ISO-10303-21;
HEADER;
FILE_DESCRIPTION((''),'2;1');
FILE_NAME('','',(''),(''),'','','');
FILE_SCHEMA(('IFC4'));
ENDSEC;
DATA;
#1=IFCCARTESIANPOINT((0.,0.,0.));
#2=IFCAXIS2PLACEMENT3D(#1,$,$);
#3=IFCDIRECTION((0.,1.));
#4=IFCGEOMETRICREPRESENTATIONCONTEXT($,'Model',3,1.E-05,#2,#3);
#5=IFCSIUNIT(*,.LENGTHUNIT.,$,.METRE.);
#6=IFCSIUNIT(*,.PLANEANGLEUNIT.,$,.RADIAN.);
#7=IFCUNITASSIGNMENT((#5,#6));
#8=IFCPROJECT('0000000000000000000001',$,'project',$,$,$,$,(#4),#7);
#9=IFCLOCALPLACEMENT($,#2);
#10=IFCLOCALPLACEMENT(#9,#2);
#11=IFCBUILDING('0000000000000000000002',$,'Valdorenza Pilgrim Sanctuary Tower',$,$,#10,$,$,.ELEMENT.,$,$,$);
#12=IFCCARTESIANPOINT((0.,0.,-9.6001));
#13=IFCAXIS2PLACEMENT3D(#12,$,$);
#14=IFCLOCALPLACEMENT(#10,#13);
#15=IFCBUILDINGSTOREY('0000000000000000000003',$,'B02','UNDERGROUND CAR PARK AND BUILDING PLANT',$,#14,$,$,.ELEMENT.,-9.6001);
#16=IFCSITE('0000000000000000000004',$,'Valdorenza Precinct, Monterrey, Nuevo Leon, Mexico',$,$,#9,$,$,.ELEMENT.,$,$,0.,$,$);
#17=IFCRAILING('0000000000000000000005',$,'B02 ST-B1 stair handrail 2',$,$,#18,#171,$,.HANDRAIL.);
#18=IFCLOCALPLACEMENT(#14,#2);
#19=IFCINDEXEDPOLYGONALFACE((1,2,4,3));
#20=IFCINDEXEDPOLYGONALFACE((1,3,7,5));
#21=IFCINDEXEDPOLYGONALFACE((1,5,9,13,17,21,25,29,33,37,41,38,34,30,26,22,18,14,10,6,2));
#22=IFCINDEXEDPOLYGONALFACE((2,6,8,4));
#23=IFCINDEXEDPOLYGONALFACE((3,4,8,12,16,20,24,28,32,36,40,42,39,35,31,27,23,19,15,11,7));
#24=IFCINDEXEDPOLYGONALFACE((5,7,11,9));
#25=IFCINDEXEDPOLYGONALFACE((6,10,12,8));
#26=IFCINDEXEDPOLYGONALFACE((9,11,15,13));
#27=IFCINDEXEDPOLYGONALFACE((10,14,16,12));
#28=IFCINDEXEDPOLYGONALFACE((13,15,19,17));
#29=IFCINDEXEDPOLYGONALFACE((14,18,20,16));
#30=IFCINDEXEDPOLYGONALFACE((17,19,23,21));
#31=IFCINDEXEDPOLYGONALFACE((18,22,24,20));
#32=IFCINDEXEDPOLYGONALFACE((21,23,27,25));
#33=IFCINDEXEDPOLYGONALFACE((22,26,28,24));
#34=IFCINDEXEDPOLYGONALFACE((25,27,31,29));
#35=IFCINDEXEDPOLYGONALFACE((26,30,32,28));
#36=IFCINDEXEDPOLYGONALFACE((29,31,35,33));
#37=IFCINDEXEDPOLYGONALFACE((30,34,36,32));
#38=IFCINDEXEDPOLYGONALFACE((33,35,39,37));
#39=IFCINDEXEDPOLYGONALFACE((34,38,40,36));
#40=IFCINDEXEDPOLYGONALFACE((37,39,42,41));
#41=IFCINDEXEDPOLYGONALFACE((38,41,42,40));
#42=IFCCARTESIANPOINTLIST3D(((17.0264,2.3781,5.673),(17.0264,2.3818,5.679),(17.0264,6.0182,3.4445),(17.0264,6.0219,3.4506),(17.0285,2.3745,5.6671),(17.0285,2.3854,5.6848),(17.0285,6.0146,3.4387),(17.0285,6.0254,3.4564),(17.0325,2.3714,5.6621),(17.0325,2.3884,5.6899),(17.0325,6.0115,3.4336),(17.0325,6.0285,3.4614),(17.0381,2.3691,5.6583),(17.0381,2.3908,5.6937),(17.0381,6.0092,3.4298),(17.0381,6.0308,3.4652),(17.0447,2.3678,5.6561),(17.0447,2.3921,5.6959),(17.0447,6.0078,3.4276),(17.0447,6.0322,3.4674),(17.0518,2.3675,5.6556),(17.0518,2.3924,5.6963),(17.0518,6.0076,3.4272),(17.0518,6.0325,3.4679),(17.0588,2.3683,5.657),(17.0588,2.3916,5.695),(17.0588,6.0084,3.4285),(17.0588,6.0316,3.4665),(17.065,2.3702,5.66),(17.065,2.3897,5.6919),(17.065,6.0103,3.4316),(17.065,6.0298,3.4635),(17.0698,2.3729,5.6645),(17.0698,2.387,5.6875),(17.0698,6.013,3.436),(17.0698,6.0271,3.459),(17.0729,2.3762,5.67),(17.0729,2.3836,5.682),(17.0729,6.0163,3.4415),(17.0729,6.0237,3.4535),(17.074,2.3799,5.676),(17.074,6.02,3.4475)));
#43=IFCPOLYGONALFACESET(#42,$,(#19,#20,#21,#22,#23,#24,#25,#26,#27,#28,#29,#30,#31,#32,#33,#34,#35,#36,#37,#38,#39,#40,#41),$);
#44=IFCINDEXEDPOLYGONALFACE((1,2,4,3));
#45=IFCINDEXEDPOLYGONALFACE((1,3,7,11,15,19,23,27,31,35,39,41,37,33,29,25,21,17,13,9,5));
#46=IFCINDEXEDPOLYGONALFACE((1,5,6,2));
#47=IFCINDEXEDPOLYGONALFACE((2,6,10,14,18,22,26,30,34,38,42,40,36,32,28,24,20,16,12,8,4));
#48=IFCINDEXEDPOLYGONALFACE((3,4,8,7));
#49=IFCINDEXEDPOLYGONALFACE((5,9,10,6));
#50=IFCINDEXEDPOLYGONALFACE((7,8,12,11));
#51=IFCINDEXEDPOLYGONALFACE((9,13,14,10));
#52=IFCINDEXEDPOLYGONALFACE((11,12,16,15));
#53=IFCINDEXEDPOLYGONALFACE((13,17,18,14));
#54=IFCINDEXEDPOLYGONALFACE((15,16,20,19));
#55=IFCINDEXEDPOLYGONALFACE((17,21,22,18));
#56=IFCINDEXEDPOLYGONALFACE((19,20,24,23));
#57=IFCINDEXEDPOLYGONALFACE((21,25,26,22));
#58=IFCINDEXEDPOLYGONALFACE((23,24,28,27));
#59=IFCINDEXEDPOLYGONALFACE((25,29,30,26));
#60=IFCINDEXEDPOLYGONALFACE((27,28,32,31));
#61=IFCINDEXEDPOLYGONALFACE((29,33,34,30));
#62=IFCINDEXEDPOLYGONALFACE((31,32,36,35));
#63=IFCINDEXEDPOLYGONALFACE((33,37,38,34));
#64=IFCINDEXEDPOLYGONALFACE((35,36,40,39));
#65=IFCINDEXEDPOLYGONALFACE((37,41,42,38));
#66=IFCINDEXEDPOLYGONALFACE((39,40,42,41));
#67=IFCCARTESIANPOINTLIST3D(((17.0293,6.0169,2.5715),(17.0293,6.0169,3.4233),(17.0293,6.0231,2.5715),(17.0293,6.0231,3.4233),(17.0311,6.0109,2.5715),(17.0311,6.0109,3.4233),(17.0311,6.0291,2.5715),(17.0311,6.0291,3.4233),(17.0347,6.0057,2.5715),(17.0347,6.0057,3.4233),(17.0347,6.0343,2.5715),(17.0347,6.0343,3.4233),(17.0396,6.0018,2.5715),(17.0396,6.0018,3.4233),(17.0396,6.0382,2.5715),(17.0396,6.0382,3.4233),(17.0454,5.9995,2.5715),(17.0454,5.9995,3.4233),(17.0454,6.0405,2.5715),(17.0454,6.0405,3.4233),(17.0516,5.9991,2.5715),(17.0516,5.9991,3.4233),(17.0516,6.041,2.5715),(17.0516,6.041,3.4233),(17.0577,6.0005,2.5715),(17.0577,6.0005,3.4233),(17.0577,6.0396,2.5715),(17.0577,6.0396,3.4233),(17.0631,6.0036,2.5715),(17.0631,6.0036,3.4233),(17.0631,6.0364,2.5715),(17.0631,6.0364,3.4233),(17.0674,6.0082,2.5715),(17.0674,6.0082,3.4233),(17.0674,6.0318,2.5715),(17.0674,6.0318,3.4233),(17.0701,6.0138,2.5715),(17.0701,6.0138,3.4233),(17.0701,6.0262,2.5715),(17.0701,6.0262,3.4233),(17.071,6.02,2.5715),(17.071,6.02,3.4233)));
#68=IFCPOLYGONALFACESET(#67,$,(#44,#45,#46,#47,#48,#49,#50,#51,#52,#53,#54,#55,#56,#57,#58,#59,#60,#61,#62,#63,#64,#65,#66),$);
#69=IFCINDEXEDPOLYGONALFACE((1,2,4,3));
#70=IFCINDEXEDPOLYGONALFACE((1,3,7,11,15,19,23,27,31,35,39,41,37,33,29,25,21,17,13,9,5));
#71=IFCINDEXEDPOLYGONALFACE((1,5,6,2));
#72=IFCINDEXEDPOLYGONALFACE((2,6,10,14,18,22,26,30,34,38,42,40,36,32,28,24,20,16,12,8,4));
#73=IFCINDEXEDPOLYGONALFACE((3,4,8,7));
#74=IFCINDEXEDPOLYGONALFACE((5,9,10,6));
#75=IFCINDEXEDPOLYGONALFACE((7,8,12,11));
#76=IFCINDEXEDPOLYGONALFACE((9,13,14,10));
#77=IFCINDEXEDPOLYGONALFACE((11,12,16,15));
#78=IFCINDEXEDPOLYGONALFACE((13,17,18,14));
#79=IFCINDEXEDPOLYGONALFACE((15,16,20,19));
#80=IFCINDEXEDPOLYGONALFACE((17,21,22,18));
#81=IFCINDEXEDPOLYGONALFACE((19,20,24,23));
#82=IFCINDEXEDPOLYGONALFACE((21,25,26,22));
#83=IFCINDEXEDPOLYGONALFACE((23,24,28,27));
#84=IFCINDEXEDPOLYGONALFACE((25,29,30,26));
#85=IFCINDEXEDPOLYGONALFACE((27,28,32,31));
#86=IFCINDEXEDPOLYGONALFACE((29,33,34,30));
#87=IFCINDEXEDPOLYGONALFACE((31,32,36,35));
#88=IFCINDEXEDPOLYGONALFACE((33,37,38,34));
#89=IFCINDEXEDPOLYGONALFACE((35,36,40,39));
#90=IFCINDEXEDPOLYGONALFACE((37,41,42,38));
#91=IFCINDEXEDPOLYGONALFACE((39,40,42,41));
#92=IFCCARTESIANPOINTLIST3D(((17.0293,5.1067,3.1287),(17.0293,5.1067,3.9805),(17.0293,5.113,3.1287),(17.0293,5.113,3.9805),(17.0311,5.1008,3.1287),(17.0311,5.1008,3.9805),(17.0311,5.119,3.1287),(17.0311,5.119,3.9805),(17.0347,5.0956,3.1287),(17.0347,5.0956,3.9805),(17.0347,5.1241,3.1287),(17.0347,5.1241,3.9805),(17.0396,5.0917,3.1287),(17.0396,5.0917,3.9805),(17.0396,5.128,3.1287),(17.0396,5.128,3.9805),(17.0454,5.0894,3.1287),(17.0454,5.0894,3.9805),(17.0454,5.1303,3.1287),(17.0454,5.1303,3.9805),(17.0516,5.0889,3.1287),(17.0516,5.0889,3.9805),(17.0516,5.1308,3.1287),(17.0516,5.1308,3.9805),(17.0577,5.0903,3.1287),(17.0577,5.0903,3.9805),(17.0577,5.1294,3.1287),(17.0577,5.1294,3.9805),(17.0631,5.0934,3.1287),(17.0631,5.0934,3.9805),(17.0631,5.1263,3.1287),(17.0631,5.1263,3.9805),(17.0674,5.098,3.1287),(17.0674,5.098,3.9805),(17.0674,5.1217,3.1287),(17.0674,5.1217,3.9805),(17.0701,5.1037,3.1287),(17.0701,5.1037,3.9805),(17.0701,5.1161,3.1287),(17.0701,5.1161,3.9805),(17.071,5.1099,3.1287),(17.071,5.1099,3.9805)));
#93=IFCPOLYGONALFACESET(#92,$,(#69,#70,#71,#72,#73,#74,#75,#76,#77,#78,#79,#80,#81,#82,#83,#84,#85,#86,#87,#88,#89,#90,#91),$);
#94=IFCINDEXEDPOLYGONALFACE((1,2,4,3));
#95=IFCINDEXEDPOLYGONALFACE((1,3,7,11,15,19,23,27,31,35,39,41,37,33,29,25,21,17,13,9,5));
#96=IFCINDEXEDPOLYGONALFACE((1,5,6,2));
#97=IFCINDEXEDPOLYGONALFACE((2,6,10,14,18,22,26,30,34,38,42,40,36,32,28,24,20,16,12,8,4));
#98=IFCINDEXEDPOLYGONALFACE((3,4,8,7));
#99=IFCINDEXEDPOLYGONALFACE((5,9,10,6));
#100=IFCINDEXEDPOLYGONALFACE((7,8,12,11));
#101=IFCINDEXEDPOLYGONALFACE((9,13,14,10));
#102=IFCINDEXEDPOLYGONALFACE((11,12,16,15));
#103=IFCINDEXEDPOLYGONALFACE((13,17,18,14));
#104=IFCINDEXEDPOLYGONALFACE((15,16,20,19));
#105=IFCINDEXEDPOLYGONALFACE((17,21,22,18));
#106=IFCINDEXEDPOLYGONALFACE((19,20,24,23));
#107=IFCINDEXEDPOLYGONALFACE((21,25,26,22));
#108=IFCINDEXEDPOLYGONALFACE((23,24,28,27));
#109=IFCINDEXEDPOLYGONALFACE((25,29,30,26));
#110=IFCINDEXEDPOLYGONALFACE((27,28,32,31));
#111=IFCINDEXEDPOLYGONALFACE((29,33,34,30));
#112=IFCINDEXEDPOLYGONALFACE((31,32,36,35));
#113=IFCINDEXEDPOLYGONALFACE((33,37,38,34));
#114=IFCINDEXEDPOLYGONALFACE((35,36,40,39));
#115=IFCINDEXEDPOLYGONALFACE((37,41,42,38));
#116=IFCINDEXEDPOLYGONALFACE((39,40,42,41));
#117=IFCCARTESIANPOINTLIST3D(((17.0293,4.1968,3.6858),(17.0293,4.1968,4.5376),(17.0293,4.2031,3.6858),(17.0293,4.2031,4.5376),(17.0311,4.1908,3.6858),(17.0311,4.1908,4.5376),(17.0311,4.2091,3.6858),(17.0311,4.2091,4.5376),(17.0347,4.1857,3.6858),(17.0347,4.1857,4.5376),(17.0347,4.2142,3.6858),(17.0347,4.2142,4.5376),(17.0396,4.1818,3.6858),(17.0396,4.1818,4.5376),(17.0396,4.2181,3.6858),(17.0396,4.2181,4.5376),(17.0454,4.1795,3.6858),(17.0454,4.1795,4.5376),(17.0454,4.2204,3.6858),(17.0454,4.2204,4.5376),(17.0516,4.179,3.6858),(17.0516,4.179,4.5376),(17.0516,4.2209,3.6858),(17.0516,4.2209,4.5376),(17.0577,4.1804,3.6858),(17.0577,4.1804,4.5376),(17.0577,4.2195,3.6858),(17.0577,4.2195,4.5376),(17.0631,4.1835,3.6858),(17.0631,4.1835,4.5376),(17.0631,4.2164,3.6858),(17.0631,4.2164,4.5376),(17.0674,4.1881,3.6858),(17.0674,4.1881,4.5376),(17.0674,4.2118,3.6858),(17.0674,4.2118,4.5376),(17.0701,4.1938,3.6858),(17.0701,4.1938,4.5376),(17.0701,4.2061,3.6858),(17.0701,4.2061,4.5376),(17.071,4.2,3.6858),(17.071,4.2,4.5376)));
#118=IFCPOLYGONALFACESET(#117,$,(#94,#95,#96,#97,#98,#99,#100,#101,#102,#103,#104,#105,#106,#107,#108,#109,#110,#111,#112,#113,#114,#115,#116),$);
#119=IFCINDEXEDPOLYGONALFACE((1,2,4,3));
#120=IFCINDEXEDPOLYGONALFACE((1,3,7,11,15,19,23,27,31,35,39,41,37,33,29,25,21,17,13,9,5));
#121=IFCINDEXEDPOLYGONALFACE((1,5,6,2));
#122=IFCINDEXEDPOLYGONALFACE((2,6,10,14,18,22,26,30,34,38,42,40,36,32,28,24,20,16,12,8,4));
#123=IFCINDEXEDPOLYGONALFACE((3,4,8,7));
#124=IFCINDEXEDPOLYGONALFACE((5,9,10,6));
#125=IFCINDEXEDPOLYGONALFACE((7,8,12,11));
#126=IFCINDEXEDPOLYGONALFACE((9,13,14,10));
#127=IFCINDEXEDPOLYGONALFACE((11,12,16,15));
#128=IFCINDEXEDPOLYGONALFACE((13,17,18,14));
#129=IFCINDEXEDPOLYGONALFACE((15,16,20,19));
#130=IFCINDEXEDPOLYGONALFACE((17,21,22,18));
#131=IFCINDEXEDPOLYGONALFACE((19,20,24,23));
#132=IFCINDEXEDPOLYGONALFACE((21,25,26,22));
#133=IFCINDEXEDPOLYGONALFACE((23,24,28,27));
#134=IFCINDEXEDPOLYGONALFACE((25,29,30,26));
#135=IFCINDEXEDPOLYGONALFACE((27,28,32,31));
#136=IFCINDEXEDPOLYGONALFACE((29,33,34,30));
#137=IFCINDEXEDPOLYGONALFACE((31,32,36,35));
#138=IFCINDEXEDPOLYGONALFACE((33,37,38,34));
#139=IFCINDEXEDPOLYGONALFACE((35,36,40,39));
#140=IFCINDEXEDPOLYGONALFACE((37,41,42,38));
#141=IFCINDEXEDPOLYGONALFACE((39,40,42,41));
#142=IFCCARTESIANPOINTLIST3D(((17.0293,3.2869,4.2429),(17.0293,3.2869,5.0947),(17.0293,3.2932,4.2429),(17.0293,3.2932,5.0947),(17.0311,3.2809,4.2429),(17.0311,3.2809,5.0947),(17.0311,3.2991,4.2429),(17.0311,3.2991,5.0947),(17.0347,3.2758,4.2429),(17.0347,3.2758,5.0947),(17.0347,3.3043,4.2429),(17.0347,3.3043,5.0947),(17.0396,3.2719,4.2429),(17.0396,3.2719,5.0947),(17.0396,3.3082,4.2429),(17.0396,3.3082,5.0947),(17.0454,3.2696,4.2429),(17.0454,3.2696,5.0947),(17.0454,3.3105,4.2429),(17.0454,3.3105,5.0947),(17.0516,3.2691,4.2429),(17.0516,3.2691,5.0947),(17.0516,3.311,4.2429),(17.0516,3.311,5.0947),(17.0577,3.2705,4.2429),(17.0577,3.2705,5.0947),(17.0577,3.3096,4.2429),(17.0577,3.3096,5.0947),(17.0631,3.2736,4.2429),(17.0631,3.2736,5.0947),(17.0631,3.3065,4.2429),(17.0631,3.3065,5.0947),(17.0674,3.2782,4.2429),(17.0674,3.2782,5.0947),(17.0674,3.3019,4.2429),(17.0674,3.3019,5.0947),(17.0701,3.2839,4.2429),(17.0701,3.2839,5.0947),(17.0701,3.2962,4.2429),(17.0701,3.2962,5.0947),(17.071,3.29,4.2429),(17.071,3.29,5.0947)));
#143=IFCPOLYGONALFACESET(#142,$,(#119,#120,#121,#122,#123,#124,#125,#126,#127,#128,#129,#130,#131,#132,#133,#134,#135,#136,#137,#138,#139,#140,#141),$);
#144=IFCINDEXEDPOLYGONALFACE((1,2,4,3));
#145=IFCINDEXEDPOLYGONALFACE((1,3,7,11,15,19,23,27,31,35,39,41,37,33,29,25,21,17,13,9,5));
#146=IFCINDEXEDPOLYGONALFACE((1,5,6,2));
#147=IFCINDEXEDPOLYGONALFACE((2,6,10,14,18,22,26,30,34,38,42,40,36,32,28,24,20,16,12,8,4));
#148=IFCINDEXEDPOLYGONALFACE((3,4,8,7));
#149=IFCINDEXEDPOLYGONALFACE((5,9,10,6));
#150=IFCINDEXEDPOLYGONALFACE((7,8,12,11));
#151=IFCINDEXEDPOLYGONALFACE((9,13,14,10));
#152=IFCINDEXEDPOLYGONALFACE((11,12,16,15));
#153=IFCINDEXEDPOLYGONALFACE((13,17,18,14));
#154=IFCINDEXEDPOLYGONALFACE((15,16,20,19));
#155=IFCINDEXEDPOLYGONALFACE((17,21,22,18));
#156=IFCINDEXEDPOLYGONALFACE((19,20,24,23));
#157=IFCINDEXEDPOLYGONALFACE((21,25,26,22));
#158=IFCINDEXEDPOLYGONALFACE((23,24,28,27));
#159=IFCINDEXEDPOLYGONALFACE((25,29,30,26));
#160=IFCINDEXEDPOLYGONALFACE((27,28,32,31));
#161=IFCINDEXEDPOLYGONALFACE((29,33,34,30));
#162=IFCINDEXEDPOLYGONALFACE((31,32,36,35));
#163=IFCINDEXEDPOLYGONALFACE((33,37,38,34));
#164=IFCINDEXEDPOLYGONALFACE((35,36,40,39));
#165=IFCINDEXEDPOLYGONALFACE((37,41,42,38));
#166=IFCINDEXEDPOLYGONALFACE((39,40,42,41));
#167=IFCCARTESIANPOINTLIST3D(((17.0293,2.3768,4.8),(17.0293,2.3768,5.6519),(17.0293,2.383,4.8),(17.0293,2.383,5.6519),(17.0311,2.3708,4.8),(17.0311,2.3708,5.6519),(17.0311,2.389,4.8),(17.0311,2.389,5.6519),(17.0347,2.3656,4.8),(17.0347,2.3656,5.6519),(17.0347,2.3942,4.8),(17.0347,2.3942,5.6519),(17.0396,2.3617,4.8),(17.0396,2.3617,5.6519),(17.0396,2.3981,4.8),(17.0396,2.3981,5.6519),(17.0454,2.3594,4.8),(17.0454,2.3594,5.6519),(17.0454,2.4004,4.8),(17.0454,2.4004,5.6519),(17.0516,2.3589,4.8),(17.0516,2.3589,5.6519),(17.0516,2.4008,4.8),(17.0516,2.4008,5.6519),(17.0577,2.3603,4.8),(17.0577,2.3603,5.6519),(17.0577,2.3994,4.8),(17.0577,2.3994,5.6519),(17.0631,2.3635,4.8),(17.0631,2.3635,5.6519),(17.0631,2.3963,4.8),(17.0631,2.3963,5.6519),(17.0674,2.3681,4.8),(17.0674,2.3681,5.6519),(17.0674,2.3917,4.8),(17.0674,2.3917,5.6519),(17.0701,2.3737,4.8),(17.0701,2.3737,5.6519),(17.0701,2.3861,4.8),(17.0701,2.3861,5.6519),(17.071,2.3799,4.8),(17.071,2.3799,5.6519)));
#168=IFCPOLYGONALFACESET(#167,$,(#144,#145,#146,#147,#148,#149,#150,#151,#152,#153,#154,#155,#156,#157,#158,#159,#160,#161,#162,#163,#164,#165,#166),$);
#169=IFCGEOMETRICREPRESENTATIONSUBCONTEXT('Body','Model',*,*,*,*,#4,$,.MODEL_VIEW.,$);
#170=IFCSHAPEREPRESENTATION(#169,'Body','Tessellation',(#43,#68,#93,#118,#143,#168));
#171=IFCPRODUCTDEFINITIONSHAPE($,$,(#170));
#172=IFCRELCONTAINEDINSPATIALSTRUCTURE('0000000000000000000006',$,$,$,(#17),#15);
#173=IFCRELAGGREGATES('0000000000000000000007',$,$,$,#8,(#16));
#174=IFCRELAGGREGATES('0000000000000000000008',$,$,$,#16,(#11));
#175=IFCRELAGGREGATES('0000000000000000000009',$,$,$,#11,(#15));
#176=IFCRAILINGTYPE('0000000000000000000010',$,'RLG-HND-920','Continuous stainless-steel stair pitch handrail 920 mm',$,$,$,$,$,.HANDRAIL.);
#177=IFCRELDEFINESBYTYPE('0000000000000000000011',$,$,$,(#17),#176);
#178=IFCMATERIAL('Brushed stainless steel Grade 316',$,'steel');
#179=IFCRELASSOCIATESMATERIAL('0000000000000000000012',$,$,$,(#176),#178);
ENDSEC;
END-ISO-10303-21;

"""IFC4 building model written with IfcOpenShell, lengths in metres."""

from ifc_helpers import new_model, si_unit, direction, frame, origin, origin_2d, place, context, subcontext, project, spatial, circle, extrude, material, type_object, element, save


model = new_model("IFC4")

# Units and contexts
model_context = context("Model", 3, precision=1e-05, world=origin(), true_north=direction((0.0, 1.0)))
body_context = subcontext(model_context, "Body", "Model", "MODEL_VIEW")
ifc_project = project(units=[si_unit("LENGTHUNIT", "METRE"), si_unit("PLANEANGLEUNIT", "RADIAN")], contexts=[model_context])

# Site, building, storey
site_placement = place(None, origin())
site = spatial("IfcSite", under=ifc_project, at=site_placement, Name="Valdorenza Precinct, Monterrey, Nuevo Leon, Mexico", CompositionType="ELEMENT", RefElevation=0.0)
building_placement = place(site_placement, origin())
building = spatial("IfcBuilding", under=site, at=building_placement, Name="Valdorenza Pilgrim Sanctuary Tower", CompositionType="ELEMENT")
storey_placement = place(building_placement, frame((0.0, 0.0, -9.6001)))
storey = spatial("IfcBuildingStorey", under=building, at=storey_placement, Name="B02", Description="UNDERGROUND CAR PARK AND BUILDING PLANT", CompositionType="ELEMENT", Elevation=-9.6001)

# Railing
ifc_material_1 = material(Name="Brushed stainless steel Grade 316", Category="steel")
railing_type = type_object("IfcRailingType", Name="RLG-HND-920", Description="Continuous stainless-steel stair pitch handrail 920 mm", PredefinedType="HANDRAIL", material=ifc_material_1)
railing_placement = place(storey_placement, frame((17.05, 6.02, 2.5715)))
element("IfcRailing", 1, at=railing_placement, inside=storey, type_object=railing_type, Name="B02 ST-B1 stair handrail 2", PredefinedType="HANDRAIL", context=body_context, shape_type="SweptSolid", body=[
    extrude(circle(Radius=0.0239, at=origin_2d()), frame((0.0, 0.0, 0.876), z_axis=(0.0, -0.852866, 0.52213), x_axis=(1.0, 0.0, 0.0)), (0.0, 0.0, 1.0), 4.2681),
    extrude(circle(Radius=0.021, at=origin_2d()), origin(), (0.0, 0.0, 1.0), 0.8518),
    extrude(circle(Radius=0.021, at=origin_2d()), frame((0.0, -0.9102, 0.5571)), (0.0, 0.0, 1.0), 0.8518),
    extrude(circle(Radius=0.021, at=origin_2d()), frame((0.0, -1.8201, 1.1143)), (0.0, 0.0, 1.0), 0.8518),
    extrude(circle(Radius=0.021, at=origin_2d()), frame((0.0, -2.73, 1.6714)), (0.0, 0.0, 1.0), 0.8518),
    extrude(circle(Radius=0.021, at=origin_2d()), frame((0.0, -3.6401, 2.2285)), (0.0, 0.0, 1.0), 0.8518),
])

save(model, "model.ifc")
